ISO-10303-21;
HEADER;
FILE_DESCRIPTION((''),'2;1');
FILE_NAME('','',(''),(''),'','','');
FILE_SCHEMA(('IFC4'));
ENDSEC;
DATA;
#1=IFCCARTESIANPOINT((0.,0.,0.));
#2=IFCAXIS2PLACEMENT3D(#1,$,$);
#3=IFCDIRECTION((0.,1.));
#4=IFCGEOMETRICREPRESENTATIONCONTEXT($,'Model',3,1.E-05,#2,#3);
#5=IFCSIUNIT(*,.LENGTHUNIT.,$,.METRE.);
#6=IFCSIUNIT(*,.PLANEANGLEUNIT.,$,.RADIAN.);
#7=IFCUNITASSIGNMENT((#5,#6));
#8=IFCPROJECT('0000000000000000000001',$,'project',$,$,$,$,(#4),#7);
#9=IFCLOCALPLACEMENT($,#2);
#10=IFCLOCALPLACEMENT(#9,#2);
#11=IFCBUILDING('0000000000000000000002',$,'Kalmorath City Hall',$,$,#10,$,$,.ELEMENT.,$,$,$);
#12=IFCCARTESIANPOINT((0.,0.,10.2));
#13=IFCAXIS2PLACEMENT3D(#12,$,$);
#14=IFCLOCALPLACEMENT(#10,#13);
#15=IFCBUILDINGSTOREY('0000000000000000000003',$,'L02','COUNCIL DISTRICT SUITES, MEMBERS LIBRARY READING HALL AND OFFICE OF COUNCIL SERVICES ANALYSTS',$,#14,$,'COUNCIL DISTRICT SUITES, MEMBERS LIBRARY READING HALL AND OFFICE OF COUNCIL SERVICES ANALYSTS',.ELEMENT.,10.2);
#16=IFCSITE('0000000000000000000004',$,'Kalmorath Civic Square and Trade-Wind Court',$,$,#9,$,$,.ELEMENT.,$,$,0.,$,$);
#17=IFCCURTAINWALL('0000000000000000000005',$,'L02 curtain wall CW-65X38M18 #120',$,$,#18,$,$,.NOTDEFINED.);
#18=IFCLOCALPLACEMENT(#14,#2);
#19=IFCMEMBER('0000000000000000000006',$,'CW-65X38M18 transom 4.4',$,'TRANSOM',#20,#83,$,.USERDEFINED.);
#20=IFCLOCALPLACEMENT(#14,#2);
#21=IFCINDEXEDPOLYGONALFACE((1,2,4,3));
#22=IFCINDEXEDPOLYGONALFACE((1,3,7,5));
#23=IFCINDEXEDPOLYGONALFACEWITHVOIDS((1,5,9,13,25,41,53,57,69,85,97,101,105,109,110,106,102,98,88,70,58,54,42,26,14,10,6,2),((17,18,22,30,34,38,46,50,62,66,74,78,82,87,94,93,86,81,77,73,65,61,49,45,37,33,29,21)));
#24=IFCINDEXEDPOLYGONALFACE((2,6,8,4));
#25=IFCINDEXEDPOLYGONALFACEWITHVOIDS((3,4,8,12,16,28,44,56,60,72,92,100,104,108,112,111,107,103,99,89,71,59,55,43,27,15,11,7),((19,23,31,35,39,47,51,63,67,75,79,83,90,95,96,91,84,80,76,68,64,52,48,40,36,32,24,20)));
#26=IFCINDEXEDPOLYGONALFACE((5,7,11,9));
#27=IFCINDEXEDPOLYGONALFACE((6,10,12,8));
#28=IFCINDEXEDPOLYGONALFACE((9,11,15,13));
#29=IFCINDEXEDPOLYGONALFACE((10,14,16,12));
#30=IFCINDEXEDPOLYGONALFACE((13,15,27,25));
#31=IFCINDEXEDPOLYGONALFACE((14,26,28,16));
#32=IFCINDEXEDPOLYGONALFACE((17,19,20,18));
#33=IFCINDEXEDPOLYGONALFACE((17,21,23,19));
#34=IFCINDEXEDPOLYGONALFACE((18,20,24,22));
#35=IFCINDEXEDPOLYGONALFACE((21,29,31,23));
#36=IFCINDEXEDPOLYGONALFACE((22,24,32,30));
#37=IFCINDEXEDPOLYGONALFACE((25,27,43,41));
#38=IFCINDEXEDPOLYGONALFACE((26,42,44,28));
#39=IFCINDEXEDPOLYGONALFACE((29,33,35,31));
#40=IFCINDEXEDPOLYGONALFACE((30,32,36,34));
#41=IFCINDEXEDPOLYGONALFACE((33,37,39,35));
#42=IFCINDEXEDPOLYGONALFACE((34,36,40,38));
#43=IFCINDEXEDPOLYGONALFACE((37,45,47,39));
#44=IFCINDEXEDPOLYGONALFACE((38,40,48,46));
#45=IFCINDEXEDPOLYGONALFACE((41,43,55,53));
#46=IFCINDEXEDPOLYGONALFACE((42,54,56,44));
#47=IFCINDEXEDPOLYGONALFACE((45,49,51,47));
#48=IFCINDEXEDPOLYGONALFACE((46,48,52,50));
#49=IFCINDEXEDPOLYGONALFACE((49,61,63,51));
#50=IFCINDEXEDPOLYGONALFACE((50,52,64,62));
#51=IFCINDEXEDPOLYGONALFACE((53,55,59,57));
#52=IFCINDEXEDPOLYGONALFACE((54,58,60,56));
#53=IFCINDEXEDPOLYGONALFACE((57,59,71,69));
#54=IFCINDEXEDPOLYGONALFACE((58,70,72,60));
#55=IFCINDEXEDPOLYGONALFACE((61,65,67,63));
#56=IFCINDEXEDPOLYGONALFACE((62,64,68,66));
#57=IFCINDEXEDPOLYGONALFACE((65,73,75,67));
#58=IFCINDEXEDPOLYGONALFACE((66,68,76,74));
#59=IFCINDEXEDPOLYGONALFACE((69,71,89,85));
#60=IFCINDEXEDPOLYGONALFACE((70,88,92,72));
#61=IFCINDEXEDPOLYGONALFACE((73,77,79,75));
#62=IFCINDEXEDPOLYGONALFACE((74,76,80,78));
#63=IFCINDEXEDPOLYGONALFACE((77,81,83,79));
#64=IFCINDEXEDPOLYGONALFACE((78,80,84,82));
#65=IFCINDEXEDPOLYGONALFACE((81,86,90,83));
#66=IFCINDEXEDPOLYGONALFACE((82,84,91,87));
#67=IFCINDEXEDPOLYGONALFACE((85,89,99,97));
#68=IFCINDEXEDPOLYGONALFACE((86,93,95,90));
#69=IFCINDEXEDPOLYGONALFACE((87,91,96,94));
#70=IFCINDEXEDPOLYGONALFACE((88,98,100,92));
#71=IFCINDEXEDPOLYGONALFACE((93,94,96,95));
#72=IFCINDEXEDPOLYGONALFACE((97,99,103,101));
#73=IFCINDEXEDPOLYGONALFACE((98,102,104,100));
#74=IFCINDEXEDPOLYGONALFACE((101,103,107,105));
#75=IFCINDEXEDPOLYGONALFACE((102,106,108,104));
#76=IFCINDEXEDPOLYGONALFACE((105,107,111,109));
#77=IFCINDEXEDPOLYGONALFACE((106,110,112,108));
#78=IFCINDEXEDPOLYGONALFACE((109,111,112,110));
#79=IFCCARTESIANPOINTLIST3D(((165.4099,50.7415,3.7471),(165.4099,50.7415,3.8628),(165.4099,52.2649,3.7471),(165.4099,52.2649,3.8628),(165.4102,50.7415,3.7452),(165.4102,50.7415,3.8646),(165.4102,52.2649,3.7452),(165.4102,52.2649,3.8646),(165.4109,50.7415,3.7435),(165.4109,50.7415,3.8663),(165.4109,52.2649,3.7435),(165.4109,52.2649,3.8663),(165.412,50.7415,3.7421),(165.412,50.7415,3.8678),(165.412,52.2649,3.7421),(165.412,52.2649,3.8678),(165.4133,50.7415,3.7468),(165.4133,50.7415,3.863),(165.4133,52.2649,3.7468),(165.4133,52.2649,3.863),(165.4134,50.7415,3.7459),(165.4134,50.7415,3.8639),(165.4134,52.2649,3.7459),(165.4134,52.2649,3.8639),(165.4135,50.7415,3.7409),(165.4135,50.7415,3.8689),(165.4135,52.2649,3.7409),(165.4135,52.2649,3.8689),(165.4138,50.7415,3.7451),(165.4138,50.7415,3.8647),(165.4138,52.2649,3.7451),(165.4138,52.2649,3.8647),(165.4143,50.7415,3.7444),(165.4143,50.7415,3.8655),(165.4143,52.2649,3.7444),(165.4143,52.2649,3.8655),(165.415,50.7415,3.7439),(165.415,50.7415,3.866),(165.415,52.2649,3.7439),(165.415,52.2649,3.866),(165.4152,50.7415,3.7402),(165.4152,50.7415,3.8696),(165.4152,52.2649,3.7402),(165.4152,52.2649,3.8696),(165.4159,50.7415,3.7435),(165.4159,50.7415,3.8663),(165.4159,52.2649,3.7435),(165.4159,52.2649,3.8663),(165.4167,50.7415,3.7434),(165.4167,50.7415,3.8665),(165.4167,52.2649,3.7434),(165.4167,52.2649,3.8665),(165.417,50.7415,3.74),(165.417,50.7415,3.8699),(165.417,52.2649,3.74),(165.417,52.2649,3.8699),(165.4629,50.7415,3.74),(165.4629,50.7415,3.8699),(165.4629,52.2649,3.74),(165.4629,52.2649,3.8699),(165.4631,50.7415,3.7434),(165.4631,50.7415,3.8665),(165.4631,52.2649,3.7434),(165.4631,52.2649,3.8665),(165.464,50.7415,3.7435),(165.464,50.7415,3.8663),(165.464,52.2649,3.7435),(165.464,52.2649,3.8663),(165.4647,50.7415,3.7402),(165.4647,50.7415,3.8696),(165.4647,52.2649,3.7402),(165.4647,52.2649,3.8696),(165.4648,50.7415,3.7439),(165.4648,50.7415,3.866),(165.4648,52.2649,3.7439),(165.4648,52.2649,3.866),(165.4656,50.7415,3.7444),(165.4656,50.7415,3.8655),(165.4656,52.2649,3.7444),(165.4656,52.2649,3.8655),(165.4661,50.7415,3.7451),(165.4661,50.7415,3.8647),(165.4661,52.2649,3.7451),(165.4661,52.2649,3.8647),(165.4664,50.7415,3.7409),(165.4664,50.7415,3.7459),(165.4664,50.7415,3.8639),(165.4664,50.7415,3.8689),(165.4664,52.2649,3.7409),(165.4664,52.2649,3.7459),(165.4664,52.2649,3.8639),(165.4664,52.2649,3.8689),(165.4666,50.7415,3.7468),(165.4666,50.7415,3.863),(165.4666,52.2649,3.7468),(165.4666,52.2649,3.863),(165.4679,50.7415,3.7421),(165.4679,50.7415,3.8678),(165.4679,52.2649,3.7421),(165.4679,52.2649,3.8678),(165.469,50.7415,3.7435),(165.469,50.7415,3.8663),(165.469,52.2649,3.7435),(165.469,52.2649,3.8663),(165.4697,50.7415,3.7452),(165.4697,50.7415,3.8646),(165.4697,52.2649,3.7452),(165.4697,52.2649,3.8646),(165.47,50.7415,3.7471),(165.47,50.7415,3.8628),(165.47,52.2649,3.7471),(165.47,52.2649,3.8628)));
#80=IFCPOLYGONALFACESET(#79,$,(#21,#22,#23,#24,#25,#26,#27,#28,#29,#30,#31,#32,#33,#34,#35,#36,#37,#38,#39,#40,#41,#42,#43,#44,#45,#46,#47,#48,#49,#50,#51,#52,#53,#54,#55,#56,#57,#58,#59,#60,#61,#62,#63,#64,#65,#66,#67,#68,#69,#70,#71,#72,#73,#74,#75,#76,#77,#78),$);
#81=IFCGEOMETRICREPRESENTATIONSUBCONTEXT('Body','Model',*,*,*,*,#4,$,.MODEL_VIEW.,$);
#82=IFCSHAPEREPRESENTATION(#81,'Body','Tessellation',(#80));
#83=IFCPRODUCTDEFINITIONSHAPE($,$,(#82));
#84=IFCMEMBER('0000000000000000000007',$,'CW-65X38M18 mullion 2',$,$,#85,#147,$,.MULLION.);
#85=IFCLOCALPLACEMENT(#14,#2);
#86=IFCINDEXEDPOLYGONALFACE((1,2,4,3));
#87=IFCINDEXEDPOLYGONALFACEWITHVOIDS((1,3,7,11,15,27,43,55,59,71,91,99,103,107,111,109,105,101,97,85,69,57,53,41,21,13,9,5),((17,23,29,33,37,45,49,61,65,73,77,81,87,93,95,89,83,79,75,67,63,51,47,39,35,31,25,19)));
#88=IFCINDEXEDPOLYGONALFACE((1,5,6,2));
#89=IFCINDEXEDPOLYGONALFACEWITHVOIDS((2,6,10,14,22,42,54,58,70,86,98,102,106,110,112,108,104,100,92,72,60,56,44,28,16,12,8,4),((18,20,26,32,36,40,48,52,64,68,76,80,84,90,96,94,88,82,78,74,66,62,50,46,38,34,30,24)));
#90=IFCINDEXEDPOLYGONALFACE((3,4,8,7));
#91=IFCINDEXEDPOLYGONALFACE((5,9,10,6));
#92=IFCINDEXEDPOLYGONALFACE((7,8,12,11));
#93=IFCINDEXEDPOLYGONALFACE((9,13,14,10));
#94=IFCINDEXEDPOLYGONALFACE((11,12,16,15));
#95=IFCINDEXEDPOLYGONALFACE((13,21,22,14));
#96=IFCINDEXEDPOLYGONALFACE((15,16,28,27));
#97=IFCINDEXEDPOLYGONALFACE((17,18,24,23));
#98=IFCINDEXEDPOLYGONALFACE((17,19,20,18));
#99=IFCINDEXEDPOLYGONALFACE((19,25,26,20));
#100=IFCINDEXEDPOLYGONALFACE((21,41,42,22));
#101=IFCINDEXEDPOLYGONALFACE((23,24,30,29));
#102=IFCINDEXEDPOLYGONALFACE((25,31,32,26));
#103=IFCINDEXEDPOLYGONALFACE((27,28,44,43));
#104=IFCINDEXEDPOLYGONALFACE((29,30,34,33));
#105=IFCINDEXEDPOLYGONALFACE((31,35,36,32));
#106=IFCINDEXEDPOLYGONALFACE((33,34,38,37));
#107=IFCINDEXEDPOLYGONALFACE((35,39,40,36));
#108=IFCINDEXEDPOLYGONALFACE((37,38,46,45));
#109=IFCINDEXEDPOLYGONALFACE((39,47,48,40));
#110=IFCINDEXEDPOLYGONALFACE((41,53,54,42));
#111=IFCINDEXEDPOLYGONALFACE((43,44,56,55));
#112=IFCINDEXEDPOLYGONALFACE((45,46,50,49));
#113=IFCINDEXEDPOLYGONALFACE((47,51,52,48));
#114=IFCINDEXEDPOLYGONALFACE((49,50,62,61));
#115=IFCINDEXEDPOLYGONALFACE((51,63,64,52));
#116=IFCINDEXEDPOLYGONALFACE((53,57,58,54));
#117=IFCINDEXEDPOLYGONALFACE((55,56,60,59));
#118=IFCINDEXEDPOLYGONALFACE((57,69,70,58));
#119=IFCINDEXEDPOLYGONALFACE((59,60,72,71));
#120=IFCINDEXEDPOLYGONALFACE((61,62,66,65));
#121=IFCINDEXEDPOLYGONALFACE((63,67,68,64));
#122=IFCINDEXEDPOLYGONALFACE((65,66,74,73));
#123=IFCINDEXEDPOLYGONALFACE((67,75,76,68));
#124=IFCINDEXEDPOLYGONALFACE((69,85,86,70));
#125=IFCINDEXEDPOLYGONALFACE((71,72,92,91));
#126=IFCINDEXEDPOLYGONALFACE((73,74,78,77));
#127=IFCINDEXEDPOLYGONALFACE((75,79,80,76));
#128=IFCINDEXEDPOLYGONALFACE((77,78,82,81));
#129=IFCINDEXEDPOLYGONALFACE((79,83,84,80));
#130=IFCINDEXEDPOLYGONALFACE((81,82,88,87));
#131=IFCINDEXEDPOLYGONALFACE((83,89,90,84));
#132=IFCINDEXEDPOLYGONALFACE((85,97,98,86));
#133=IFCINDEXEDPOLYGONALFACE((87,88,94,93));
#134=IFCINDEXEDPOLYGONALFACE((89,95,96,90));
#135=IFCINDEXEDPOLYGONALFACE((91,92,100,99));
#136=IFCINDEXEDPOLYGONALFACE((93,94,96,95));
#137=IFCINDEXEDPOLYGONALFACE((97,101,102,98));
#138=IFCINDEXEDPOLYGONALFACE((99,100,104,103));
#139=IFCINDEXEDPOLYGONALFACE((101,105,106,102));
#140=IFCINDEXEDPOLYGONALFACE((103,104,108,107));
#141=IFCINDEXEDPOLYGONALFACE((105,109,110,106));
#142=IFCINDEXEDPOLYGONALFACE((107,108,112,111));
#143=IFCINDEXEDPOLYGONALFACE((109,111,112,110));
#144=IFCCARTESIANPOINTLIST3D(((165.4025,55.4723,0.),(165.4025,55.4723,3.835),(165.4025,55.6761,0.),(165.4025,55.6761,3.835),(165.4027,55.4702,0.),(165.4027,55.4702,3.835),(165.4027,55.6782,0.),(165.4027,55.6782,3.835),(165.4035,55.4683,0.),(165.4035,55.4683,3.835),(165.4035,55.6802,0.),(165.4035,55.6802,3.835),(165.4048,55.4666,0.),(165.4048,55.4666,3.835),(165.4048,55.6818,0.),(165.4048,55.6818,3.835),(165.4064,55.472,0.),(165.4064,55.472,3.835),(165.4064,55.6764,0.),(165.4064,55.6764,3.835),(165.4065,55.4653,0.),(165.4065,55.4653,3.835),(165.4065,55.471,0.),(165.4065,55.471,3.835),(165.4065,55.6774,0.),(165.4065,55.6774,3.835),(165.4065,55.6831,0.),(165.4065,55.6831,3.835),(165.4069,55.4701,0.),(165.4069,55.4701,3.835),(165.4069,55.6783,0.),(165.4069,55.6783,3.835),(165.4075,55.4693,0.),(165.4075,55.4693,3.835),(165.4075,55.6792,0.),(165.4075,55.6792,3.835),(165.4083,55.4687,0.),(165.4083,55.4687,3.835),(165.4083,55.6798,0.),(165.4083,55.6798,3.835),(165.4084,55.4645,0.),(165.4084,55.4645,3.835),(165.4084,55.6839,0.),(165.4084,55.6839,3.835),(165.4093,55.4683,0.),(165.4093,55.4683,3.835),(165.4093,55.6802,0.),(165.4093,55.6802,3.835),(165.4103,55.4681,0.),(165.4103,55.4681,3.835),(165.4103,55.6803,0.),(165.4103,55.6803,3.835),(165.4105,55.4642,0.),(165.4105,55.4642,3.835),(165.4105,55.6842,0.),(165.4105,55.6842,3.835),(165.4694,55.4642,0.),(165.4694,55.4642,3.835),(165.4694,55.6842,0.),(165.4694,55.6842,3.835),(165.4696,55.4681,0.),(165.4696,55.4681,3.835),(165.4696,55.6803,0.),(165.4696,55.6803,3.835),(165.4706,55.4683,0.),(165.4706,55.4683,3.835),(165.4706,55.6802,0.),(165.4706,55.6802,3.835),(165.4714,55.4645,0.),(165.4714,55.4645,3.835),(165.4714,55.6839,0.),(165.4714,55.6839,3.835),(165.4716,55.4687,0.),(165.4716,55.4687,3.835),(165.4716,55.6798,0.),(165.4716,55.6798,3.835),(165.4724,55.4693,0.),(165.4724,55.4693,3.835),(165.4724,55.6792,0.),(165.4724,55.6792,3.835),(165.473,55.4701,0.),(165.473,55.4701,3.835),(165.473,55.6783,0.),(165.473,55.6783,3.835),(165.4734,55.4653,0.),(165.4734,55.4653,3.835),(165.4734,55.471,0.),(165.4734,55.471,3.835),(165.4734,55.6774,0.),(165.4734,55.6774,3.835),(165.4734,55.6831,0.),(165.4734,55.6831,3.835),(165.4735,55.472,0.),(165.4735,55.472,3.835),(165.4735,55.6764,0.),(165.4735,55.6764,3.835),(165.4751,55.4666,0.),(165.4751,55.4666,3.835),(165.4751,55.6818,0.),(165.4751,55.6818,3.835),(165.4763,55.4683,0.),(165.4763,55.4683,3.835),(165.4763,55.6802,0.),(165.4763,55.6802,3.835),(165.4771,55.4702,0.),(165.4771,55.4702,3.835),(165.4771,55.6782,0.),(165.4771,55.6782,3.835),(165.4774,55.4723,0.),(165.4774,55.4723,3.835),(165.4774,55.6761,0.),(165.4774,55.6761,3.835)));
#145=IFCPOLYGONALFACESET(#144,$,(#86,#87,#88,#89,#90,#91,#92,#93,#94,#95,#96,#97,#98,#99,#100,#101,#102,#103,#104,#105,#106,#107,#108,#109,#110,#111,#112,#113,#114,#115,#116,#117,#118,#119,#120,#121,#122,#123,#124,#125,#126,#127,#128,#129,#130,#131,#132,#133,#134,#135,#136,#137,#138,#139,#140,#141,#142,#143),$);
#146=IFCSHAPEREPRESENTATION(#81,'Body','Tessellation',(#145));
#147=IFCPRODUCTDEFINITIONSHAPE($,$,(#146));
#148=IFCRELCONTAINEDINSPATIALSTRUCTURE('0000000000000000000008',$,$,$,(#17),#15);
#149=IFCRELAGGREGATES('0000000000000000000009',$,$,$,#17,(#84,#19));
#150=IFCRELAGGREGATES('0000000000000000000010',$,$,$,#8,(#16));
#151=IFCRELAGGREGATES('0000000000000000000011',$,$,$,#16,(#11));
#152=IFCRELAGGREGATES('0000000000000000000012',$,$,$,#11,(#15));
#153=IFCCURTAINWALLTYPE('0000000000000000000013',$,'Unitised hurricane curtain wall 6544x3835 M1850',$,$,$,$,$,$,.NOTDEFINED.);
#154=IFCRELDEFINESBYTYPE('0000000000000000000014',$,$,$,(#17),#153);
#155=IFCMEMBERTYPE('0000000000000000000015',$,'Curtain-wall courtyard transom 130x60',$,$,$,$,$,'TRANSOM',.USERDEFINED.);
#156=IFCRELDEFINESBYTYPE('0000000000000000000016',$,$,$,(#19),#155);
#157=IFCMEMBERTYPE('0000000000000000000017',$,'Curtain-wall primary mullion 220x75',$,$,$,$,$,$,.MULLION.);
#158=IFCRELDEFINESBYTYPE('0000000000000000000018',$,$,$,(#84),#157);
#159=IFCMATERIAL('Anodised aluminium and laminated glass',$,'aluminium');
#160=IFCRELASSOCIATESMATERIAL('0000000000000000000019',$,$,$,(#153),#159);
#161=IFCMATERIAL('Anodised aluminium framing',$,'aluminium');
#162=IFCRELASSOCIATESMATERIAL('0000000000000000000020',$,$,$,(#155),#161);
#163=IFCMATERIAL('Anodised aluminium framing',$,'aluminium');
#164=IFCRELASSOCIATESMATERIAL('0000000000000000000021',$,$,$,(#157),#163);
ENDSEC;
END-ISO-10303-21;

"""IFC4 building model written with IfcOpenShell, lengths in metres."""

from ifc_helpers import new_model, si_unit, direction, frame, origin, origin_2d, place, context, subcontext, project, spatial, hollow_rectangle, extrude, material, material_profile, profile_set, type_object, element, aggregate, save


model = new_model("IFC4")

# Units and contexts
model_context = context("Model", 3, precision=1e-05, world=origin(), true_north=direction((0.0, 1.0)))
body_context = subcontext(model_context, "Body", "Model", "MODEL_VIEW")
ifc_project = project(units=[si_unit("LENGTHUNIT", "METRE"), si_unit("PLANEANGLEUNIT", "RADIAN")], contexts=[model_context])

# Site, building, storey
site_placement = place(None, origin())
site = spatial("IfcSite", under=ifc_project, at=site_placement, Name="Kalmorath Civic Square and Trade-Wind Court", CompositionType="ELEMENT", RefElevation=0.0)
building_placement = place(site_placement, origin())
building = spatial("IfcBuilding", under=site, at=building_placement, Name="Kalmorath City Hall", CompositionType="ELEMENT")
storey_placement = place(building_placement, frame((0.0, 0.0, 10.2)))
storey = spatial("IfcBuildingStorey", under=building, at=storey_placement, Name="L02", Description="COUNCIL DISTRICT SUITES, MEMBERS LIBRARY READING HALL AND OFFICE OF COUNCIL SERVICES ANALYSTS", LongName="COUNCIL DISTRICT SUITES, MEMBERS LIBRARY READING HALL AND OFFICE OF COUNCIL SERVICES ANALYSTS", CompositionType="ELEMENT", Elevation=10.2)

# Curtain wall, members
ifc_material_1 = material(Name="Anodised aluminium and laminated glass", Category="aluminium")
curtain_wall_type = type_object("IfcCurtainWallType", Name="Unitised hurricane curtain wall 6544x3835 M1850", PredefinedType="NOTDEFINED", material=ifc_material_1)
curtain_wall_placement = place(storey_placement, origin())
curtain_wall = element("IfcCurtainWall", 1, at=curtain_wall_placement, inside=storey, type_object=curtain_wall_type, Name="L02 curtain wall CW-65X38M18 #120", PredefinedType="NOTDEFINED")
ifc_material_2 = material(Name="Anodised aluminium framing", Category="aluminium")
ifc_material_profile_1 = material_profile(ifc_material_2, hollow_rectangle(XDim=0.0601, YDim=0.1299, WallThickness=0.0034, InnerFilletRadius=0.0034, OuterFilletRadius=0.0071, at=origin_2d()), Name="ALU-TRN-130X60X3.5")
ifc_profile_set_1 = profile_set([ifc_material_profile_1], Name="Anodised aluminium framing")
member_type_1 = type_object("IfcMemberType", Name="Curtain-wall courtyard transom 130x60", ElementType="TRANSOM", PredefinedType="USERDEFINED", material=ifc_profile_set_1)
member_1_placement = place(storey_placement, frame((165.4399, 52.2649, 3.8049), z_axis=(0.0, -1.0, 0.0), x_axis=(1.0, 0.0, 0.0)))
member_1 = element("IfcMember", 2, at=member_1_placement, type_object=member_type_1, Name="CW-65X38M18 transom 4.4", ObjectType="TRANSOM", PredefinedType="USERDEFINED", context=body_context, shape_type="SweptSolid", body=[
    extrude(hollow_rectangle(XDim=0.0601, YDim=0.1299, WallThickness=0.0034, InnerFilletRadius=0.0034, OuterFilletRadius=0.0071, at=origin_2d()), origin(), (0.0, 0.0, 1.0), 1.5234),
])
ifc_material_3 = material(Name="Anodised aluminium framing", Category="aluminium")
ifc_material_profile_2 = material_profile(ifc_material_3, hollow_rectangle(XDim=0.075, YDim=0.22, WallThickness=0.0039, InnerFilletRadius=0.0039, OuterFilletRadius=0.0081, at=origin_2d()), Name="ALU-MUL-220X75X4")
ifc_profile_set_2 = profile_set([ifc_material_profile_2], Name="Anodised aluminium framing")
member_type_2 = type_object("IfcMemberType", Name="Curtain-wall primary mullion 220x75", PredefinedType="MULLION", material=ifc_profile_set_2)
member_2_placement = place(storey_placement, frame((165.4399, 55.5742, 0.0), z_axis=(0.0, 0.0, 1.0), x_axis=(1.0, 0.0, 0.0)))
member_2 = element("IfcMember", 3, at=member_2_placement, type_object=member_type_2, Name="CW-65X38M18 mullion 2", PredefinedType="MULLION", context=body_context, shape_type="SweptSolid", body=[
    extrude(hollow_rectangle(XDim=0.075, YDim=0.22, WallThickness=0.0039, InnerFilletRadius=0.0039, OuterFilletRadius=0.0081, at=origin_2d()), origin(), (0.0, 0.0, 1.0), 3.835),
])

aggregate(curtain_wall, [member_2, member_1])

save(model, "model.ifc")
